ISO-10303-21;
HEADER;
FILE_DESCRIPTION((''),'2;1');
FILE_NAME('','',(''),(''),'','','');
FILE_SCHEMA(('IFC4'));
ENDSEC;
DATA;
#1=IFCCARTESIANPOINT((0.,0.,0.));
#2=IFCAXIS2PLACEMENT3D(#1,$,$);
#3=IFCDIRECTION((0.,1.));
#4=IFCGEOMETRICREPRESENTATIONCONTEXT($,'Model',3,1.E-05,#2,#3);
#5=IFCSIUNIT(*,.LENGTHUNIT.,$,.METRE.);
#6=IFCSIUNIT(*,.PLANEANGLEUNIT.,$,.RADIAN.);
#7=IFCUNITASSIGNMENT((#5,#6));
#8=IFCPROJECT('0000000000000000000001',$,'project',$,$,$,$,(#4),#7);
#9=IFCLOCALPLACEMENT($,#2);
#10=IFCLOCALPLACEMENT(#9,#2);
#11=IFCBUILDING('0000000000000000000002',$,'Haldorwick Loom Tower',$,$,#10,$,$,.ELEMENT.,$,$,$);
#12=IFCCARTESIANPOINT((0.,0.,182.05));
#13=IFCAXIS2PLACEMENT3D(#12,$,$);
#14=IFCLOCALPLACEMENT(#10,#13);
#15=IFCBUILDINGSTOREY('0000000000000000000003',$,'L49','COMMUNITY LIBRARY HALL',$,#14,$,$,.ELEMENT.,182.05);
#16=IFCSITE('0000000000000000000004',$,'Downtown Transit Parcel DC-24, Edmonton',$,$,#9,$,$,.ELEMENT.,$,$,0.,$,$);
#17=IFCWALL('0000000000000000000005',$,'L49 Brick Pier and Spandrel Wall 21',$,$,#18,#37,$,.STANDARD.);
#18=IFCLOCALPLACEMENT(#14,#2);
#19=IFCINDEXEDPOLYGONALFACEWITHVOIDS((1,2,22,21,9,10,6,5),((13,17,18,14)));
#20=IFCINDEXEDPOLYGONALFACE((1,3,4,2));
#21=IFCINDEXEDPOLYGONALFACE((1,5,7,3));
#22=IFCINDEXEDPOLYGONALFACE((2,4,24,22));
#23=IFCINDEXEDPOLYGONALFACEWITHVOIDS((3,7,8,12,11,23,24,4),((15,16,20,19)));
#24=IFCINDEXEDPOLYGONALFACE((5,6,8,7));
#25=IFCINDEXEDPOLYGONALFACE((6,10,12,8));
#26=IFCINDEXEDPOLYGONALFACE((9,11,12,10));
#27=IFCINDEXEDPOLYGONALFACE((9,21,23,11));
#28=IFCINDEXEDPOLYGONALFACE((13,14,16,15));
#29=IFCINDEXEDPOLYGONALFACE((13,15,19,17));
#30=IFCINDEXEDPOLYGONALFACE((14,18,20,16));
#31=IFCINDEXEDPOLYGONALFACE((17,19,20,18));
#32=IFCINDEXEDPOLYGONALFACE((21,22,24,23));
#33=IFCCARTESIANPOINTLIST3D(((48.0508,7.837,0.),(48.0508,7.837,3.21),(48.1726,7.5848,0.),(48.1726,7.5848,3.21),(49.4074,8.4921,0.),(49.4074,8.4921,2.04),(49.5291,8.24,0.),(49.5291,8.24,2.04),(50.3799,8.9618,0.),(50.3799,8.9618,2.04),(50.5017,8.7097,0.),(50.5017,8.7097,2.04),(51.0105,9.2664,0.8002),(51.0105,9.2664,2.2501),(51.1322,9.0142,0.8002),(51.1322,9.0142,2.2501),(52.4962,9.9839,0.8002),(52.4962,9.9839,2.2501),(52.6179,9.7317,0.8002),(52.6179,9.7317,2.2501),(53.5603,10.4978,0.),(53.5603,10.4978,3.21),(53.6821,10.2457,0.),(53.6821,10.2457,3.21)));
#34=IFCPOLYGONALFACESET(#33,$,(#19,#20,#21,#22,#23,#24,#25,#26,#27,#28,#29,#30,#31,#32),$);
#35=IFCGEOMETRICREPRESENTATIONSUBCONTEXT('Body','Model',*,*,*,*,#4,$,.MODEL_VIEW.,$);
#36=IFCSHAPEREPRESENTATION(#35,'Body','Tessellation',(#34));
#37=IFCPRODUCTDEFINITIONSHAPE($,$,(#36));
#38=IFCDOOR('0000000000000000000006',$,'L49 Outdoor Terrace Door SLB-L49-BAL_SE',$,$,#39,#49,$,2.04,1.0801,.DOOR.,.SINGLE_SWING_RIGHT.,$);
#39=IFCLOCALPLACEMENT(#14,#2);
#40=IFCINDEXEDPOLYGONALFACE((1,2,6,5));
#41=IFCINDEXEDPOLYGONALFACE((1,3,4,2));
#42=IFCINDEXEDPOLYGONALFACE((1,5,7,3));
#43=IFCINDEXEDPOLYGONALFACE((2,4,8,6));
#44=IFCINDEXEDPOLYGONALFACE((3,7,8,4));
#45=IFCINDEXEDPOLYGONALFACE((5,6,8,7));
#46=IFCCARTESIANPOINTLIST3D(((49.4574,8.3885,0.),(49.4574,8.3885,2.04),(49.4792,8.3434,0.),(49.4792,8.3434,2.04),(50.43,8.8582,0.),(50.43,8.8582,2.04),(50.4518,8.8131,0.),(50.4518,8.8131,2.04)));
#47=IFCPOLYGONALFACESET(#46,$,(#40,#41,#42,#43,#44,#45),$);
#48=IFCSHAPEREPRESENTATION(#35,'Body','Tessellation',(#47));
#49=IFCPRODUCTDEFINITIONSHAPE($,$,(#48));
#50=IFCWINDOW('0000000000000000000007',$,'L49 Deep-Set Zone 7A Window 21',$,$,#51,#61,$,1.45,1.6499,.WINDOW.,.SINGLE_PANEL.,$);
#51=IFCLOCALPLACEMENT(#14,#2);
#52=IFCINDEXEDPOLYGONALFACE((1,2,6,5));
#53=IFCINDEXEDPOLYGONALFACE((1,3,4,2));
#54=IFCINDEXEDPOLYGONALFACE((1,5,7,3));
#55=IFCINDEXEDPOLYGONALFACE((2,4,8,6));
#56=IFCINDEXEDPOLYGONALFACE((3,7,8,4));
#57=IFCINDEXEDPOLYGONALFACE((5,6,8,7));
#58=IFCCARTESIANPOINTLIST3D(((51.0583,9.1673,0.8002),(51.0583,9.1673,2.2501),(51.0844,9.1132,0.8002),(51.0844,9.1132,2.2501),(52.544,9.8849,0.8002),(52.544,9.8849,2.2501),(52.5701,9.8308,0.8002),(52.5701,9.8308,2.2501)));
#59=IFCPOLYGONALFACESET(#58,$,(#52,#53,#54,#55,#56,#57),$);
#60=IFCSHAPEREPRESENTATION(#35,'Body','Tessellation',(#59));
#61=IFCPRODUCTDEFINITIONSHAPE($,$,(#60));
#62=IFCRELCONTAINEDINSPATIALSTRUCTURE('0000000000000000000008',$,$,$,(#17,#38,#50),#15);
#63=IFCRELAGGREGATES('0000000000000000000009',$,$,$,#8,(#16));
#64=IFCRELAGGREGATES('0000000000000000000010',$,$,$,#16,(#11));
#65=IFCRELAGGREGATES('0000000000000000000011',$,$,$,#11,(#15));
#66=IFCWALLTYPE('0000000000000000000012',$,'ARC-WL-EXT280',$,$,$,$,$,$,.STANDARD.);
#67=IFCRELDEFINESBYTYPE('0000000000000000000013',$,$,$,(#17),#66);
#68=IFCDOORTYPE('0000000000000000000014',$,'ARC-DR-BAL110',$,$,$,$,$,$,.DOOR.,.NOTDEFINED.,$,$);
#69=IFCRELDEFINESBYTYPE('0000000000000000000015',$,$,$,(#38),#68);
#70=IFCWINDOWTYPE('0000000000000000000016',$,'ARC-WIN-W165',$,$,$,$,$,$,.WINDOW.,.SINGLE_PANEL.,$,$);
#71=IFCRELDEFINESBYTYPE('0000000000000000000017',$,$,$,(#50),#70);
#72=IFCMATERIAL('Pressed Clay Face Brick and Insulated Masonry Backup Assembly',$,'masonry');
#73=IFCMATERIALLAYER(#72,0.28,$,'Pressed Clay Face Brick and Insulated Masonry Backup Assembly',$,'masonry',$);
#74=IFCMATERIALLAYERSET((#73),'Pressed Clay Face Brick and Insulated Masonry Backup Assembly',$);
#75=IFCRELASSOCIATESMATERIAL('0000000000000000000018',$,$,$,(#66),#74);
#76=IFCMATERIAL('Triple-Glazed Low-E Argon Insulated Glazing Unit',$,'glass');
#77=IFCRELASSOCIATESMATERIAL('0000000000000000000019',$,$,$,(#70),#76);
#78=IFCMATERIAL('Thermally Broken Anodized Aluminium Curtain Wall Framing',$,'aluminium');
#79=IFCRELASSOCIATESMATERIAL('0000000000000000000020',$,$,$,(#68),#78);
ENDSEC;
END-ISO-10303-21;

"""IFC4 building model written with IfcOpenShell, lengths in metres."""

from ifc_helpers import new_model, si_unit, direction, frame, frame_2d, origin, place, context, subcontext, project, spatial, rectangle, extrude, material, layer, layer_set, type_object, element, fill, save


model = new_model("IFC4")

# Units and contexts
model_context = context("Model", 3, precision=1e-05, world=origin(), true_north=direction((0.0, 1.0)))
body_context = subcontext(model_context, "Body", "Model", "MODEL_VIEW")
ifc_project = project(units=[si_unit("LENGTHUNIT", "METRE"), si_unit("PLANEANGLEUNIT", "RADIAN")], contexts=[model_context])

# Site, building, storey
site_placement = place(None, origin())
site = spatial("IfcSite", under=ifc_project, at=site_placement, Name="Downtown Transit Parcel DC-24, Edmonton", CompositionType="ELEMENT", RefElevation=0.0)
building_placement = place(site_placement, origin())
building = spatial("IfcBuilding", under=site, at=building_placement, Name="Haldorwick Loom Tower", CompositionType="ELEMENT")
storey_placement = place(building_placement, frame((0.0, 0.0, 182.05)))
storey = spatial("IfcBuildingStorey", under=building, at=storey_placement, Name="L49", Description="COMMUNITY LIBRARY HALL", CompositionType="ELEMENT", Elevation=182.05)

# Shared definitions
ifc_material_1 = material(Name="Pressed Clay Face Brick and Insulated Masonry Backup Assembly", Category="masonry")
ifc_layer_1 = layer(ifc_material_1, 0.28, Name="Pressed Clay Face Brick and Insulated Masonry Backup Assembly", Category="masonry")
ifc_layer_set_1 = layer_set([ifc_layer_1], Name="Pressed Clay Face Brick and Insulated Masonry Backup Assembly")
wall_type = type_object("IfcWallType", Name="ARC-WL-EXT280", PredefinedType="STANDARD", material=ifc_layer_set_1)
ifc_material_2 = material(Name="Triple-Glazed Low-E Argon Insulated Glazing Unit", Category="glass")
window_type = type_object("IfcWindowType", Name="ARC-WIN-W165", PartitioningType="SINGLE_PANEL", PredefinedType="WINDOW", material=ifc_material_2)

# Wall, openings, door, window
wall_1_placement = place(storey_placement, frame((48.1118, 7.7109, 0.0), z_axis=(0.0, 0.0, 1.0), x_axis=(0.90048, 0.434897, 0.0)))
wall_1 = element("IfcWall", 1, at=wall_1_placement, inside=storey, type_object=wall_type, Name="L49 Brick Pier and Spandrel Wall 21", PredefinedType="STANDARD", context=body_context, shape_type="SweptSolid", body=[
    extrude(rectangle(XDim=6.1184, YDim=0.28, at=frame_2d((3.0591, 0.0))), origin(), (0.0, 0.0, 1.0), 3.21),
])
opening_1_placement = place(wall_1_placement, frame((1.5063, 0.0, 0.0)))
opening_1 = element("IfcOpeningElement", 2, at=opening_1_placement, cuts=wall_1, PredefinedType="OPENING", context=body_context, shape_type="SweptSolid", body=[
    extrude(rectangle(XDim=1.0801, YDim=2.04, at=frame_2d((0.54, 1.02))), frame((0.0, 0.1499, 0.0), z_axis=(0.0, -1.0, 0.0), x_axis=(1.0, 0.0, 0.0)), (0.0, 0.0, 1.0), 0.3),
])
opening_2_placement = place(wall_1_placement, frame((3.2866, 0.0, 0.8)))
opening_2 = element("IfcOpeningElement", 3, at=opening_2_placement, cuts=wall_1, PredefinedType="OPENING", context=body_context, shape_type="SweptSolid", body=[
    extrude(rectangle(XDim=1.6499, YDim=1.45, at=frame_2d((0.825, 0.7251))), frame((0.0, 0.1499, 0.0), z_axis=(0.0, -1.0, 0.0), x_axis=(1.0, 0.0, 0.0)), (0.0, 0.0, 1.0), 0.3),
])
ifc_material_3 = material(Name="Thermally Broken Anodized Aluminium Curtain Wall Framing", Category="aluminium")
door_type = type_object("IfcDoorType", Name="ARC-DR-BAL110", OperationType="NOTDEFINED", PredefinedType="DOOR", material=ifc_material_3)
door_placement = place(opening_1_placement, origin())
door = element("IfcDoor", 4, at=door_placement, inside=storey, type_object=door_type, Name="L49 Outdoor Terrace Door SLB-L49-BAL_SE", OperationType="SINGLE_SWING_RIGHT", OverallHeight=2.04, OverallWidth=1.0801, PredefinedType="DOOR", context=body_context, shape_type="SweptSolid", body=[
    extrude(rectangle(XDim=1.0801, YDim=2.04, at=frame_2d((0.54, 1.02))), frame((0.0, 0.0249, 0.0), z_axis=(0.0, -1.0, 0.0), x_axis=(1.0, 0.0, 0.0)), (0.0, 0.0, 1.0), 0.05),
])
fill(opening_1, door)
window_1_placement = place(opening_2_placement, origin())
window_1 = element("IfcWindow", 5, at=window_1_placement, inside=storey, type_object=window_type, Name="L49 Deep-Set Zone 7A Window 21", OverallHeight=1.45, OverallWidth=1.6499, PartitioningType="SINGLE_PANEL", PredefinedType="WINDOW", context=body_context, shape_type="SweptSolid", body=[
    extrude(rectangle(XDim=1.6499, YDim=1.45, at=frame_2d((0.825, 0.7251))), frame((0.0, 0.03, 0.0), z_axis=(0.0, -1.0, 0.0), x_axis=(1.0, 0.0, 0.0)), (0.0, 0.0, 1.0), 0.0601),
])
fill(opening_2, window_1)

save(model, "model.ifc")
